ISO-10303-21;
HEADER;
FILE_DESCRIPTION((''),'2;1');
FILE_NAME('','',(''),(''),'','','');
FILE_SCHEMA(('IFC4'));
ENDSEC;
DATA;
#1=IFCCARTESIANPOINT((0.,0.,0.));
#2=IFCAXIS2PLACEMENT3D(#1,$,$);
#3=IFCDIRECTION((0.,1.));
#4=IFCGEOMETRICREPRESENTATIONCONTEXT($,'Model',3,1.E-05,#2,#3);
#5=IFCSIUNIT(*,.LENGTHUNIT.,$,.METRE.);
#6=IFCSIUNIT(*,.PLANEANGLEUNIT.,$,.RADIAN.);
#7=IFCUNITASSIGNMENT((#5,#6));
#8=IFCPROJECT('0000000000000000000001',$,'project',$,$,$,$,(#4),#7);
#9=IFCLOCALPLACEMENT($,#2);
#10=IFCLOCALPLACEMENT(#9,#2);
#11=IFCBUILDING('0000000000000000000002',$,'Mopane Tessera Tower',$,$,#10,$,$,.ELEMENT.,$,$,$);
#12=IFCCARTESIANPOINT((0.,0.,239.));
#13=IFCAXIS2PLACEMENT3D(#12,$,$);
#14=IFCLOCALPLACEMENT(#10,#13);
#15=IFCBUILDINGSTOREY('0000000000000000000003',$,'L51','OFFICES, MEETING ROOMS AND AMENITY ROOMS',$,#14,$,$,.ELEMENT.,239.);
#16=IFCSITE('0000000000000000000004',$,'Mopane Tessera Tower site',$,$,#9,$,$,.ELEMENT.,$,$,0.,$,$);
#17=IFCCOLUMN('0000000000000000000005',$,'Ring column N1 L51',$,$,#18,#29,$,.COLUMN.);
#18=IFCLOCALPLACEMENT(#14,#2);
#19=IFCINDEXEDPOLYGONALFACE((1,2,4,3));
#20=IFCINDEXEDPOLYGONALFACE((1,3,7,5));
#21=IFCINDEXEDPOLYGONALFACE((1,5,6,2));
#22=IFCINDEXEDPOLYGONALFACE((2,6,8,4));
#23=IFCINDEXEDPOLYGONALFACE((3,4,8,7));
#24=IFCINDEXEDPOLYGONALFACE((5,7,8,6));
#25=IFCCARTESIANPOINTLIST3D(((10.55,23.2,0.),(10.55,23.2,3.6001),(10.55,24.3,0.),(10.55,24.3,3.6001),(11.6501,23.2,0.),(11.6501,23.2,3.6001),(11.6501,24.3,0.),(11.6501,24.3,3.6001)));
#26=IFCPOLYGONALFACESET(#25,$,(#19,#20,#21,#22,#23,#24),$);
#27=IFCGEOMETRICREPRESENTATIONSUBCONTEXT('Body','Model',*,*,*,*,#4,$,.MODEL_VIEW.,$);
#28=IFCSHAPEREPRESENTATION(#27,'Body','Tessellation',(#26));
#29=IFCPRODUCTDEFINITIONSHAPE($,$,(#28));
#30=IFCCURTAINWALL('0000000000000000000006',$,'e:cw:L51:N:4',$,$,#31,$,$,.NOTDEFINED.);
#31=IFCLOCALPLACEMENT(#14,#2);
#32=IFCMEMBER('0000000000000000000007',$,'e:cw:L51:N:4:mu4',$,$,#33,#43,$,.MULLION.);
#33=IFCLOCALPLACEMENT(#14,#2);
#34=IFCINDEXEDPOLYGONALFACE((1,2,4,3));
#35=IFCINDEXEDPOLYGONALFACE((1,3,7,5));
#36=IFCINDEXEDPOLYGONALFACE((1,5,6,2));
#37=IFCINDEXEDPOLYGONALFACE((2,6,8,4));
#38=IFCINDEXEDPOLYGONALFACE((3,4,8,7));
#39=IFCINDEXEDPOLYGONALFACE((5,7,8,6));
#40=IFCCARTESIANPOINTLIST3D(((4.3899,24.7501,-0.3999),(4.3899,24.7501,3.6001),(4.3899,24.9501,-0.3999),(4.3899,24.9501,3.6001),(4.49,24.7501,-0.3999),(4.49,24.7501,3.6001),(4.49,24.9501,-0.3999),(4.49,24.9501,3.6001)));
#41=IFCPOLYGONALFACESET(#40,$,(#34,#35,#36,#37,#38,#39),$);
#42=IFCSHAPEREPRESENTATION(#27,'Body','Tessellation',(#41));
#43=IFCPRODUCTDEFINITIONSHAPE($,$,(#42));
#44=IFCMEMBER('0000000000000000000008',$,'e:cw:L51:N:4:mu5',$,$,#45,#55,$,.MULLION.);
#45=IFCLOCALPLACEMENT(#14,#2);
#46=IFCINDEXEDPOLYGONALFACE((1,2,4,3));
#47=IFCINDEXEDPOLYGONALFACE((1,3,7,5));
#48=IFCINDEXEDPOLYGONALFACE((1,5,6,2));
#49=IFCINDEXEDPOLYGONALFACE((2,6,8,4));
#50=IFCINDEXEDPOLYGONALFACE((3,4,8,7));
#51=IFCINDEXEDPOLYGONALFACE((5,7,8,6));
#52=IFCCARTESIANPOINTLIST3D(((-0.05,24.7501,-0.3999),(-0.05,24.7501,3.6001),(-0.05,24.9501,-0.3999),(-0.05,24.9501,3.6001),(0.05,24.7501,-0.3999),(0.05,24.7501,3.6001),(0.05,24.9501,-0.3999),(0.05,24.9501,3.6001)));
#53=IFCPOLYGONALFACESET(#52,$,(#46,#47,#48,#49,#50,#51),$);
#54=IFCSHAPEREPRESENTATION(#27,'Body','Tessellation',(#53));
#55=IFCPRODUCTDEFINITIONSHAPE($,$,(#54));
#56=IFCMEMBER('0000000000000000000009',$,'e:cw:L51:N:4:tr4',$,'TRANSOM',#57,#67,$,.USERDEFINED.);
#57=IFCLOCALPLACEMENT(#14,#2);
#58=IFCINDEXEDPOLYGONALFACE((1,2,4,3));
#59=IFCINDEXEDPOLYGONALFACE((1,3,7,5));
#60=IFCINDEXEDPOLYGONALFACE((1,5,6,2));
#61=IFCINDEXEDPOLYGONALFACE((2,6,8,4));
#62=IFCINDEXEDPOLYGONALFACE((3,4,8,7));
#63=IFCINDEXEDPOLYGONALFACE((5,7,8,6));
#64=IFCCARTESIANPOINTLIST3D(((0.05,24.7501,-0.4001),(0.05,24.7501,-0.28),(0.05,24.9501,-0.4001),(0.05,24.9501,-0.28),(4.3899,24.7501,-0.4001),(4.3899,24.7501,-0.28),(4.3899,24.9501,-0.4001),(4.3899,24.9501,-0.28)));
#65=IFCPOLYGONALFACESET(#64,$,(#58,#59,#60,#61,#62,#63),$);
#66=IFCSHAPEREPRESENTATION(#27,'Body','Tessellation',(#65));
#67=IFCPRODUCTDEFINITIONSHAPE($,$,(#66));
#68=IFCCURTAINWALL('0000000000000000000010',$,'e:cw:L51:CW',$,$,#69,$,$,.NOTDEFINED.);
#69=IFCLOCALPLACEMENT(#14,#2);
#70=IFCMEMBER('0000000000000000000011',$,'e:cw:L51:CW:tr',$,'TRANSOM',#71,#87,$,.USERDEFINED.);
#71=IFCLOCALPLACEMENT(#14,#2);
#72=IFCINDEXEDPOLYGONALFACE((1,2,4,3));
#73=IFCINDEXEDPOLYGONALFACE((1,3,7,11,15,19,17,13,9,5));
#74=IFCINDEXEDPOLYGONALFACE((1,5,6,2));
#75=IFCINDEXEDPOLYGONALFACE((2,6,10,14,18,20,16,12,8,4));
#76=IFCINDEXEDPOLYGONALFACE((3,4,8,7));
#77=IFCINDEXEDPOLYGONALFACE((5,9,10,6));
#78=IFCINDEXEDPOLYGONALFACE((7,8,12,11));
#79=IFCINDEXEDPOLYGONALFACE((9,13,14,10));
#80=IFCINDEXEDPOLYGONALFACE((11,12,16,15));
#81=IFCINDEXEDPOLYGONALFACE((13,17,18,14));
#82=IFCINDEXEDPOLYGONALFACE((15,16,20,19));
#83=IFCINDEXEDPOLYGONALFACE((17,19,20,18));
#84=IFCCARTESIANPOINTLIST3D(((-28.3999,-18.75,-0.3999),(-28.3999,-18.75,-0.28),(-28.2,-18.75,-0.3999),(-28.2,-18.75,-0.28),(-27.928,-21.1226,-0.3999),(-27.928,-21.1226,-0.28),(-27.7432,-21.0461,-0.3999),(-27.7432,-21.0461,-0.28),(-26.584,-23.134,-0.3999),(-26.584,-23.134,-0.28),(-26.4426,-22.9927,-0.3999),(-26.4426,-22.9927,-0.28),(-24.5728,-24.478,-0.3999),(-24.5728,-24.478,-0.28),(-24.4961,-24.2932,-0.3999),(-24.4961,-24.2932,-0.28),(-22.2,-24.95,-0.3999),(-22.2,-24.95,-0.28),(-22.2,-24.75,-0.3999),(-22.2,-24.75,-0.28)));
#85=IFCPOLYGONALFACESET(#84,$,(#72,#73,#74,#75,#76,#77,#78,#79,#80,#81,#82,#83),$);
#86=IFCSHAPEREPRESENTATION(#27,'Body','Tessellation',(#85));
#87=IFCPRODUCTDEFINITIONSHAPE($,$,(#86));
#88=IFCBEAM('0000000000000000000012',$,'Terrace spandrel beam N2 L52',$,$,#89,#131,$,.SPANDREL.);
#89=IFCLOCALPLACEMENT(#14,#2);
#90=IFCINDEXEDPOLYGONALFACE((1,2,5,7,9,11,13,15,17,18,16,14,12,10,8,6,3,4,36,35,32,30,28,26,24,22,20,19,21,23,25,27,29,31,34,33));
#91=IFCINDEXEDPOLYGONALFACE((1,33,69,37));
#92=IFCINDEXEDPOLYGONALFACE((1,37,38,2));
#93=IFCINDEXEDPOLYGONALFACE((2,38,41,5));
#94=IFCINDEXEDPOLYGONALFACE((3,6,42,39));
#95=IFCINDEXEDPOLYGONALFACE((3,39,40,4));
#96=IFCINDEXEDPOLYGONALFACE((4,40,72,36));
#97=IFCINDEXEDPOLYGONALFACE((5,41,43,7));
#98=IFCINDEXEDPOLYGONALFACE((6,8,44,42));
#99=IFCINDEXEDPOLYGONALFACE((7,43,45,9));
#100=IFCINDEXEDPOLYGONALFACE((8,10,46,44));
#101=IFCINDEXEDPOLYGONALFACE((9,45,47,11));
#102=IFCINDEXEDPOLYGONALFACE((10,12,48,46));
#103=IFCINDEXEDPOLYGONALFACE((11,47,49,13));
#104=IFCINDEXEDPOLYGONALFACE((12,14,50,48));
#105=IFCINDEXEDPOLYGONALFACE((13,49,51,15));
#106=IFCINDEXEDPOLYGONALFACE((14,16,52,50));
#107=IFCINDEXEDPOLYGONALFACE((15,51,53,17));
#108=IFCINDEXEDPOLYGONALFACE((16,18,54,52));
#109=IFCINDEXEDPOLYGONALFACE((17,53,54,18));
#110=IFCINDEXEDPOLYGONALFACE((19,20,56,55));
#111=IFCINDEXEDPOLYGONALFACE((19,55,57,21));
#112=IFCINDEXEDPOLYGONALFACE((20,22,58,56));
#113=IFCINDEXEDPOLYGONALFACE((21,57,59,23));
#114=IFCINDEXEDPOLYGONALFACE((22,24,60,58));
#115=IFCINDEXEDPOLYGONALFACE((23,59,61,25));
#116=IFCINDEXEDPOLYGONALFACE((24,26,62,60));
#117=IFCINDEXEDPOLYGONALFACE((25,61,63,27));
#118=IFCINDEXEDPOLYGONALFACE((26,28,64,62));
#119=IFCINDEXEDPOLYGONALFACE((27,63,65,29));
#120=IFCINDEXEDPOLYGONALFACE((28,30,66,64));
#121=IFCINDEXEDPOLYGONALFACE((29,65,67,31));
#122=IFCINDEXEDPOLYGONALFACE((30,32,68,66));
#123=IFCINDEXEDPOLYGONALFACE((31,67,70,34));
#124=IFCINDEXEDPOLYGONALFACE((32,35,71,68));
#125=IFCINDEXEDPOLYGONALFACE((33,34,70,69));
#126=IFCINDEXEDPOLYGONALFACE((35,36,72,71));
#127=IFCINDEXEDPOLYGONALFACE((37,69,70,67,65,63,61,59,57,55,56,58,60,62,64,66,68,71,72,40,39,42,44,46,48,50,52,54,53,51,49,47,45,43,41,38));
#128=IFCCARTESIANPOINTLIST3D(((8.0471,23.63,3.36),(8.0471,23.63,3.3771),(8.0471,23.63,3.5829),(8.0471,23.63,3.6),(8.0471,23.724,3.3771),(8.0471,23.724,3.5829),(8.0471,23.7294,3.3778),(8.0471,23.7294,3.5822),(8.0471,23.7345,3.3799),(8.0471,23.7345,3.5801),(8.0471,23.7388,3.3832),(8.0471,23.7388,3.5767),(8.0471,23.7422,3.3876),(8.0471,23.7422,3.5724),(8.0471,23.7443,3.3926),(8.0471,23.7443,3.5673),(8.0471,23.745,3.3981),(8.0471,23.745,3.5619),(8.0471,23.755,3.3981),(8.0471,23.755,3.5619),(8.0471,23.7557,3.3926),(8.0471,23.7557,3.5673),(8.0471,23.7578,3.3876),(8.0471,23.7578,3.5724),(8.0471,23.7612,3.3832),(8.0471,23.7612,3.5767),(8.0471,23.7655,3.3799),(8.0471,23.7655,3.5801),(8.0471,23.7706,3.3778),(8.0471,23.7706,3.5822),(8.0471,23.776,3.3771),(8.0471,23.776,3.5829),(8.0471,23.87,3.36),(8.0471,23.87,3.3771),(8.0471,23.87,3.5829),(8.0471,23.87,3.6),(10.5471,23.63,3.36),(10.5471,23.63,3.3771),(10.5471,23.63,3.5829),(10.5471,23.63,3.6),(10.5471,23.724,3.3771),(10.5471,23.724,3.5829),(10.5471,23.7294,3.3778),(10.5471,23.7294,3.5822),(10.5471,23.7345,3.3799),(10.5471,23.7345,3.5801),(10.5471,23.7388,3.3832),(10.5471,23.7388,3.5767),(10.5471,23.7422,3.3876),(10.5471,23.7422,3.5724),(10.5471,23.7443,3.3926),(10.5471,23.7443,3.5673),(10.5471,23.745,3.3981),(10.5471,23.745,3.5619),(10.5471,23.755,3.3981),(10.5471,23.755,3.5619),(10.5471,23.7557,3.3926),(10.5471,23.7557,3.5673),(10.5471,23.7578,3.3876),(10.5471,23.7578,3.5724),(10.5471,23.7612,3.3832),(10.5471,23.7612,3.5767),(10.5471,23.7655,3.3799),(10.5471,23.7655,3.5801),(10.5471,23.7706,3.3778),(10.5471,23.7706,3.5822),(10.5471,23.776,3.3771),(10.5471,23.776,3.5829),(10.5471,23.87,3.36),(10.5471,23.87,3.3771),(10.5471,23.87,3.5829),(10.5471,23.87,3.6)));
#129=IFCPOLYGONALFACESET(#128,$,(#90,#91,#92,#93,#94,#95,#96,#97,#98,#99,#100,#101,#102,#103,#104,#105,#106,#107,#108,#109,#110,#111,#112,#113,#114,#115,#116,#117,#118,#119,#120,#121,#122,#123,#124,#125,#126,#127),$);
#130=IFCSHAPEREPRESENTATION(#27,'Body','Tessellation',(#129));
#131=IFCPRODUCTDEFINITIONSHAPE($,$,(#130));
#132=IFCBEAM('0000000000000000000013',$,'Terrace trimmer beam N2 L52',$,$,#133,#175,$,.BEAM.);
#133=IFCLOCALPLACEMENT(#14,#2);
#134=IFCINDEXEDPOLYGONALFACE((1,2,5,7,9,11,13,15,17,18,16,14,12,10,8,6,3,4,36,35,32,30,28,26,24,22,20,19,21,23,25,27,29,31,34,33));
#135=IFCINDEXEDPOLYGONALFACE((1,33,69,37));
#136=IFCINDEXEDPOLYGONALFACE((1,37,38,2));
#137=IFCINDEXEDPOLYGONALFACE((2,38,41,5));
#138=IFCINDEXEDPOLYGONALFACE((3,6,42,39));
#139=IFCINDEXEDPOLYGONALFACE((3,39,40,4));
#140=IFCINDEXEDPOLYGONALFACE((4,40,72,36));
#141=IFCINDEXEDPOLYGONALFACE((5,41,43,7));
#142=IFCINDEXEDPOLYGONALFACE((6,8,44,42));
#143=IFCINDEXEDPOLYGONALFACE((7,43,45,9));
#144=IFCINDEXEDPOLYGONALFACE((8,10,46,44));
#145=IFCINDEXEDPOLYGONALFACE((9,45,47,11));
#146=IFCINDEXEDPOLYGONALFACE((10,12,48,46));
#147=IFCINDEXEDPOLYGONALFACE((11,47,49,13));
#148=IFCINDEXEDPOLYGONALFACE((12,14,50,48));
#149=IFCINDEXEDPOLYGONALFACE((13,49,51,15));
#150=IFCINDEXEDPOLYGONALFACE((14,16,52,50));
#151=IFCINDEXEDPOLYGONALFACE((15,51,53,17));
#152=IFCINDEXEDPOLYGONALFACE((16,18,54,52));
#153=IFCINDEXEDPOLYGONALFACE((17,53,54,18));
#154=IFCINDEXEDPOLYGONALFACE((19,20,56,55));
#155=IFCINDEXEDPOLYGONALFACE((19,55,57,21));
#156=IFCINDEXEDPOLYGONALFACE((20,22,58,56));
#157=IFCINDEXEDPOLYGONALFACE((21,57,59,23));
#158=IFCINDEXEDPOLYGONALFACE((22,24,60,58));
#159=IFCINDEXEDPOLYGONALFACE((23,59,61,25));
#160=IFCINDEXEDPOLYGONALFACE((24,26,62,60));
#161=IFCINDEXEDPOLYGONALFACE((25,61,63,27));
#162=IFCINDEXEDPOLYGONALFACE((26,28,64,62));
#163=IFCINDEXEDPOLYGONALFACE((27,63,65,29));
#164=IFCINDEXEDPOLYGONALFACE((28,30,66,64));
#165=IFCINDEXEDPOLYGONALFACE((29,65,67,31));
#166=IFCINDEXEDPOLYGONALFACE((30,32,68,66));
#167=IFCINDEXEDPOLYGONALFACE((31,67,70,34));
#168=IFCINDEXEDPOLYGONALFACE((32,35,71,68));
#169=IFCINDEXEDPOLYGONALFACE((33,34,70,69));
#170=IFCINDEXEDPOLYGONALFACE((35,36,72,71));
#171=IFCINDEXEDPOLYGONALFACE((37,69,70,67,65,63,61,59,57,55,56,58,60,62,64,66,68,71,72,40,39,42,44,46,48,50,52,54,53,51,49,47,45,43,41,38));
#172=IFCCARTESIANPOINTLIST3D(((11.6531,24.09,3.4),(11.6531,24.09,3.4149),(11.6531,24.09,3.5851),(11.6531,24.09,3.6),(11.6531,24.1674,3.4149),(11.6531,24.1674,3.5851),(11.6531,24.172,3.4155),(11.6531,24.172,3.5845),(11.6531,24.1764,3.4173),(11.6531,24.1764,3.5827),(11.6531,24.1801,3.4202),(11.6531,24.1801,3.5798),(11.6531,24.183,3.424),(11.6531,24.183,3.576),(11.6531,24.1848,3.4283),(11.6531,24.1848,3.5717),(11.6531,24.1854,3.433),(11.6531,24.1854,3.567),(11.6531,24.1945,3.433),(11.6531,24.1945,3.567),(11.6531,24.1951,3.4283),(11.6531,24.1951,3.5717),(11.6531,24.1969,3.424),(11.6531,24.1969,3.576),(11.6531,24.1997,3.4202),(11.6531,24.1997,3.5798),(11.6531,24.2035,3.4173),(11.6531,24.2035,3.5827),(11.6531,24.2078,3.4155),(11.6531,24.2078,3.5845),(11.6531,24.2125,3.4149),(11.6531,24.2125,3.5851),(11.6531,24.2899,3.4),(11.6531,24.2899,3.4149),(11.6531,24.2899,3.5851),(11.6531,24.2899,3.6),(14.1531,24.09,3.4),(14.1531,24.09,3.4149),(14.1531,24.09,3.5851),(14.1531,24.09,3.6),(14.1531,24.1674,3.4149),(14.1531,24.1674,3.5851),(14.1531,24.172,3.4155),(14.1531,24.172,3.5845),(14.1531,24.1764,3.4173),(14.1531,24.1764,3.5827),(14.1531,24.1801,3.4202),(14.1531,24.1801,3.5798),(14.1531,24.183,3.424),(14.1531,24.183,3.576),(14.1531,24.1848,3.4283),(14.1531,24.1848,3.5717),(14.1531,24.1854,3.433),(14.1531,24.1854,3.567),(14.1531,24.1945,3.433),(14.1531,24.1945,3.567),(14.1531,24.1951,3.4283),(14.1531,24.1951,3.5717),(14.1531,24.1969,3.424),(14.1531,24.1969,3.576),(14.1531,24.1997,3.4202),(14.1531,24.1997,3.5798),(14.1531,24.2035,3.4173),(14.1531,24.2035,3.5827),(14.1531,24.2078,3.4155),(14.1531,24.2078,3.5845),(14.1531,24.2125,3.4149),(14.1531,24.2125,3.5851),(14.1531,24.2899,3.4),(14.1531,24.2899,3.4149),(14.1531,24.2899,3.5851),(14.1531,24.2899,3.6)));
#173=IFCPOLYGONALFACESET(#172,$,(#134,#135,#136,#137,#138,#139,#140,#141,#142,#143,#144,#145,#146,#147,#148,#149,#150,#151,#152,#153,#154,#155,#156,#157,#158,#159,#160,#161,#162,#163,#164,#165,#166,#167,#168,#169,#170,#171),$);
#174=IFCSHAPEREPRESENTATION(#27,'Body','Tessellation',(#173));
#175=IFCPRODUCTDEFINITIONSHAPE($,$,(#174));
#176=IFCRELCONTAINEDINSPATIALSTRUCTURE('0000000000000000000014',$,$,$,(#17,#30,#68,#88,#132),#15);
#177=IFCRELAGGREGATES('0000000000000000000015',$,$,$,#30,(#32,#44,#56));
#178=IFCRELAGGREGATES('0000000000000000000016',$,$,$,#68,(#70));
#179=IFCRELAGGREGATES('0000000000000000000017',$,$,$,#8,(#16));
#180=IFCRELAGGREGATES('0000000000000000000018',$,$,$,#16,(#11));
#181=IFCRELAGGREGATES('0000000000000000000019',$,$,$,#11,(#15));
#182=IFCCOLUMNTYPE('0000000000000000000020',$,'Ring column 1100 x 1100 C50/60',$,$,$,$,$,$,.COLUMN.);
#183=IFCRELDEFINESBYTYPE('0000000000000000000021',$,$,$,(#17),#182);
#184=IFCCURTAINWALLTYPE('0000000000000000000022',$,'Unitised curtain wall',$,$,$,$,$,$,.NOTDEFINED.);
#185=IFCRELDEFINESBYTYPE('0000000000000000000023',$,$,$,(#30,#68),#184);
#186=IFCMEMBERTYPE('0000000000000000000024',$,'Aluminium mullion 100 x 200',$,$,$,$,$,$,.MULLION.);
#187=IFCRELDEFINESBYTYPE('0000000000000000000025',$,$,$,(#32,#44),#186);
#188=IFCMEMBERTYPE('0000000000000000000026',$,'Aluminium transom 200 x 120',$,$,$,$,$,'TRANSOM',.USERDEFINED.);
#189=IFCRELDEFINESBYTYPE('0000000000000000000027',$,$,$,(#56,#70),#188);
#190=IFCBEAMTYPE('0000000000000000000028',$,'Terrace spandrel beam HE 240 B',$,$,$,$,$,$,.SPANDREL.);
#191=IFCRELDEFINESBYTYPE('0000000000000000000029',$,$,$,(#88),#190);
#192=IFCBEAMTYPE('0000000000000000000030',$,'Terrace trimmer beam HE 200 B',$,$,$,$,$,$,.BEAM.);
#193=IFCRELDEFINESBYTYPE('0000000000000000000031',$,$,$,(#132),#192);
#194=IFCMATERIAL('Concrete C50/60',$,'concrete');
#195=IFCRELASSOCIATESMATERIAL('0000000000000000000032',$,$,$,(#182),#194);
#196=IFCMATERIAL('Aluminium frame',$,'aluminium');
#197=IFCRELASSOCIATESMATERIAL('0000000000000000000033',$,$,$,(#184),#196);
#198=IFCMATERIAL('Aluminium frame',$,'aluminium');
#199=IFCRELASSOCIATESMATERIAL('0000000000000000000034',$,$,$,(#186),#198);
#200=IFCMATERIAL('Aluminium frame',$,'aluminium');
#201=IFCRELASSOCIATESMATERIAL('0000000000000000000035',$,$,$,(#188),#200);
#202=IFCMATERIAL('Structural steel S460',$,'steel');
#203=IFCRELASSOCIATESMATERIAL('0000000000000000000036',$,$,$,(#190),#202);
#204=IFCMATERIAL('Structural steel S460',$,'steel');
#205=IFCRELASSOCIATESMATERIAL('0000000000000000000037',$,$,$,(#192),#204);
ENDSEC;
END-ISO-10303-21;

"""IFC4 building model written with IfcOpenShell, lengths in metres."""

from ifc_helpers import new_model, si_unit, direction, frame, origin, origin_2d, place, context, subcontext, project, spatial, polyline, rectangle, i_section, outline, extrude, material, material_profile, profile_set, type_object, element, aggregate, save


model = new_model("IFC4")

# Units and contexts
model_context = context("Model", 3, precision=1e-05, world=origin(), true_north=direction((0.0, 1.0)))
body_context = subcontext(model_context, "Body", "Model", "MODEL_VIEW")
ifc_project = project(units=[si_unit("LENGTHUNIT", "METRE"), si_unit("PLANEANGLEUNIT", "RADIAN")], contexts=[model_context])

# Site, building, storey
site_placement = place(None, origin())
site = spatial("IfcSite", under=ifc_project, at=site_placement, Name="Mopane Tessera Tower site", CompositionType="ELEMENT", RefElevation=0.0)
building_placement = place(site_placement, origin())
building = spatial("IfcBuilding", under=site, at=building_placement, Name="Mopane Tessera Tower", CompositionType="ELEMENT")
storey_placement = place(building_placement, frame((0.0, 0.0, 239.0)))
storey = spatial("IfcBuildingStorey", under=building, at=storey_placement, Name="L51", Description="OFFICES, MEETING ROOMS AND AMENITY ROOMS", CompositionType="ELEMENT", Elevation=239.0)

# Column
ifc_material_1 = material(Name="Concrete C50/60", Category="concrete")
ifc_material_profile_1 = material_profile(ifc_material_1, rectangle(XDim=1.1001, YDim=1.1001, at=origin_2d()))
ifc_profile_set_1 = profile_set([ifc_material_profile_1], Name="Concrete C50/60")
column_type = type_object("IfcColumnType", Name="Ring column 1100 x 1100 C50/60", PredefinedType="COLUMN", material=ifc_profile_set_1)
column_placement = place(storey_placement, frame((11.1001, 23.75, 0.0), z_axis=(0.0, 0.0, 1.0), x_axis=(1.0, 0.0, 0.0)))
element("IfcColumn", 1, at=column_placement, inside=storey, type_object=column_type, Name="Ring column N1 L51", PredefinedType="COLUMN", context=body_context, shape_type="SweptSolid", body=[
    extrude(rectangle(XDim=1.1001, YDim=1.1001, at=origin_2d()), origin(), (0.0, 0.0, 1.0), 3.6001),
])

# Curtain wall, members
ifc_material_2 = material(Name="Aluminium frame", Category="aluminium")
curtain_wall_type = type_object("IfcCurtainWallType", Name="Unitised curtain wall", PredefinedType="NOTDEFINED", material=ifc_material_2)
curtain_wall_1_placement = place(storey_placement, origin())
curtain_wall_1 = element("IfcCurtainWall", 2, at=curtain_wall_1_placement, inside=storey, type_object=curtain_wall_type, Name="e:cw:L51:N:4", PredefinedType="NOTDEFINED")
ifc_material_3 = material(Name="Aluminium frame", Category="aluminium")
ifc_material_profile_2 = material_profile(ifc_material_3, rectangle(XDim=0.1001, YDim=0.2, at=origin_2d()))
ifc_profile_set_2 = profile_set([ifc_material_profile_2], Name="Aluminium frame")
member_type_1 = type_object("IfcMemberType", Name="Aluminium mullion 100 x 200", PredefinedType="MULLION", material=ifc_profile_set_2)
member_1_placement = place(storey_placement, frame((4.4399, 24.8501, -0.3999), z_axis=(0.0, 0.0, 1.0), x_axis=(-1.0, 0.0, 0.0)))
member_1 = element("IfcMember", 3, at=member_1_placement, type_object=member_type_1, Name="e:cw:L51:N:4:mu4", PredefinedType="MULLION", context=body_context, shape_type="SweptSolid", body=[
    extrude(rectangle(XDim=0.1001, YDim=0.2, at=origin_2d()), origin(), (0.0, 0.0, 1.0), 4.0),
])
member_2_placement = place(storey_placement, frame((0.0, 24.8501, -0.3999), z_axis=(0.0, 0.0, 1.0), x_axis=(-1.0, 0.0, 0.0)))
member_2 = element("IfcMember", 4, at=member_2_placement, type_object=member_type_1, Name="e:cw:L51:N:4:mu5", PredefinedType="MULLION", context=body_context, shape_type="SweptSolid", body=[
    extrude(rectangle(XDim=0.1001, YDim=0.2, at=origin_2d()), origin(), (0.0, 0.0, 1.0), 4.0),
])
ifc_material_4 = material(Name="Aluminium frame", Category="aluminium")
ifc_material_profile_3 = material_profile(ifc_material_4, rectangle(XDim=0.2, YDim=0.1201, at=origin_2d()))
ifc_profile_set_3 = profile_set([ifc_material_profile_3], Name="Aluminium frame")
member_type_2 = type_object("IfcMemberType", Name="Aluminium transom 200 x 120", ElementType="TRANSOM", PredefinedType="USERDEFINED", material=ifc_profile_set_3)
member_3_placement = place(storey_placement, frame((4.3899, 24.8501, -0.3401), z_axis=(-1.0, 0.0, 0.0), x_axis=(0.0, -1.0, 0.0)))
member_3 = element("IfcMember", 5, at=member_3_placement, type_object=member_type_2, Name="e:cw:L51:N:4:tr4", ObjectType="TRANSOM", PredefinedType="USERDEFINED", context=body_context, shape_type="SweptSolid", body=[
    extrude(rectangle(XDim=0.2, YDim=0.1201, at=origin_2d()), origin(), (0.0, 0.0, 1.0), 4.3398),
])

# Curtain wall, member
curtain_wall_2_placement = place(storey_placement, origin())
curtain_wall_2 = element("IfcCurtainWall", 6, at=curtain_wall_2_placement, inside=storey, type_object=curtain_wall_type, Name="e:cw:L51:CW", PredefinedType="NOTDEFINED")
member_4_placement = place(storey_placement, frame((0.0, 0.0, -0.3999)))
member_4 = element("IfcMember", 7, at=member_4_placement, type_object=member_type_2, Name="e:cw:L51:CW:tr", ObjectType="TRANSOM", PredefinedType="USERDEFINED", context=body_context, shape_type="SweptSolid", body=[
    extrude(outline(polyline([(-28.2, -18.75), (-27.7432, -21.0461), (-26.4426, -22.9927), (-24.4961, -24.2932), (-22.2, -24.75), (-22.2, -24.95), (-24.5728, -24.478), (-26.584, -23.134), (-27.928, -21.1226), (-28.3999, -18.75), (-28.2, -18.75)])), origin(), (0.0, 0.0, 1.0), 0.1199),
])

# Beams
ifc_material_5 = material(Name="Structural steel S460", Category="steel")
ifc_material_profile_4 = material_profile(ifc_material_5, i_section(OverallWidth=0.24, OverallDepth=0.24, WebThickness=0.01, FlangeThickness=0.0171, FilletRadius=0.021, at=origin_2d()))
ifc_profile_set_4 = profile_set([ifc_material_profile_4], Name="Structural steel S460")
beam_type_1 = type_object("IfcBeamType", Name="Terrace spandrel beam HE 240 B", PredefinedType="SPANDREL", material=ifc_profile_set_4)
beam_1_placement = place(storey_placement, frame((10.5471, 23.75, 3.48), z_axis=(-1.0, 0.0, 0.0), x_axis=(0.0, -1.0, 0.0)))
element("IfcBeam", 8, at=beam_1_placement, inside=storey, type_object=beam_type_1, Name="Terrace spandrel beam N2 L52", PredefinedType="SPANDREL", context=body_context, shape_type="SweptSolid", body=[
    extrude(i_section(OverallWidth=0.24, OverallDepth=0.24, WebThickness=0.01, FlangeThickness=0.0171, FilletRadius=0.021, at=origin_2d()), origin(), (0.0, 0.0, 1.0), 2.5),
])
ifc_material_6 = material(Name="Structural steel S460", Category="steel")
ifc_material_profile_5 = material_profile(ifc_material_6, i_section(OverallWidth=0.2, OverallDepth=0.2, WebThickness=0.009, FlangeThickness=0.0149, FilletRadius=0.0181, at=origin_2d()))
ifc_profile_set_5 = profile_set([ifc_material_profile_5], Name="Structural steel S460")
beam_type_2 = type_object("IfcBeamType", Name="Terrace trimmer beam HE 200 B", PredefinedType="BEAM", material=ifc_profile_set_5)
beam_2_placement = place(storey_placement, frame((11.6531, 24.1899, 3.5), z_axis=(1.0, 0.0, 0.0), x_axis=(0.0, 1.0, 0.0)))
element("IfcBeam", 9, at=beam_2_placement, inside=storey, type_object=beam_type_2, Name="Terrace trimmer beam N2 L52", PredefinedType="BEAM", context=body_context, shape_type="SweptSolid", body=[
    extrude(i_section(OverallWidth=0.2, OverallDepth=0.2, WebThickness=0.009, FlangeThickness=0.0149, FilletRadius=0.0181, at=origin_2d()), origin(), (0.0, 0.0, 1.0), 2.5),
])

aggregate(curtain_wall_1, [member_1, member_2, member_3])
aggregate(curtain_wall_2, [member_4])

save(model, "model.ifc")
